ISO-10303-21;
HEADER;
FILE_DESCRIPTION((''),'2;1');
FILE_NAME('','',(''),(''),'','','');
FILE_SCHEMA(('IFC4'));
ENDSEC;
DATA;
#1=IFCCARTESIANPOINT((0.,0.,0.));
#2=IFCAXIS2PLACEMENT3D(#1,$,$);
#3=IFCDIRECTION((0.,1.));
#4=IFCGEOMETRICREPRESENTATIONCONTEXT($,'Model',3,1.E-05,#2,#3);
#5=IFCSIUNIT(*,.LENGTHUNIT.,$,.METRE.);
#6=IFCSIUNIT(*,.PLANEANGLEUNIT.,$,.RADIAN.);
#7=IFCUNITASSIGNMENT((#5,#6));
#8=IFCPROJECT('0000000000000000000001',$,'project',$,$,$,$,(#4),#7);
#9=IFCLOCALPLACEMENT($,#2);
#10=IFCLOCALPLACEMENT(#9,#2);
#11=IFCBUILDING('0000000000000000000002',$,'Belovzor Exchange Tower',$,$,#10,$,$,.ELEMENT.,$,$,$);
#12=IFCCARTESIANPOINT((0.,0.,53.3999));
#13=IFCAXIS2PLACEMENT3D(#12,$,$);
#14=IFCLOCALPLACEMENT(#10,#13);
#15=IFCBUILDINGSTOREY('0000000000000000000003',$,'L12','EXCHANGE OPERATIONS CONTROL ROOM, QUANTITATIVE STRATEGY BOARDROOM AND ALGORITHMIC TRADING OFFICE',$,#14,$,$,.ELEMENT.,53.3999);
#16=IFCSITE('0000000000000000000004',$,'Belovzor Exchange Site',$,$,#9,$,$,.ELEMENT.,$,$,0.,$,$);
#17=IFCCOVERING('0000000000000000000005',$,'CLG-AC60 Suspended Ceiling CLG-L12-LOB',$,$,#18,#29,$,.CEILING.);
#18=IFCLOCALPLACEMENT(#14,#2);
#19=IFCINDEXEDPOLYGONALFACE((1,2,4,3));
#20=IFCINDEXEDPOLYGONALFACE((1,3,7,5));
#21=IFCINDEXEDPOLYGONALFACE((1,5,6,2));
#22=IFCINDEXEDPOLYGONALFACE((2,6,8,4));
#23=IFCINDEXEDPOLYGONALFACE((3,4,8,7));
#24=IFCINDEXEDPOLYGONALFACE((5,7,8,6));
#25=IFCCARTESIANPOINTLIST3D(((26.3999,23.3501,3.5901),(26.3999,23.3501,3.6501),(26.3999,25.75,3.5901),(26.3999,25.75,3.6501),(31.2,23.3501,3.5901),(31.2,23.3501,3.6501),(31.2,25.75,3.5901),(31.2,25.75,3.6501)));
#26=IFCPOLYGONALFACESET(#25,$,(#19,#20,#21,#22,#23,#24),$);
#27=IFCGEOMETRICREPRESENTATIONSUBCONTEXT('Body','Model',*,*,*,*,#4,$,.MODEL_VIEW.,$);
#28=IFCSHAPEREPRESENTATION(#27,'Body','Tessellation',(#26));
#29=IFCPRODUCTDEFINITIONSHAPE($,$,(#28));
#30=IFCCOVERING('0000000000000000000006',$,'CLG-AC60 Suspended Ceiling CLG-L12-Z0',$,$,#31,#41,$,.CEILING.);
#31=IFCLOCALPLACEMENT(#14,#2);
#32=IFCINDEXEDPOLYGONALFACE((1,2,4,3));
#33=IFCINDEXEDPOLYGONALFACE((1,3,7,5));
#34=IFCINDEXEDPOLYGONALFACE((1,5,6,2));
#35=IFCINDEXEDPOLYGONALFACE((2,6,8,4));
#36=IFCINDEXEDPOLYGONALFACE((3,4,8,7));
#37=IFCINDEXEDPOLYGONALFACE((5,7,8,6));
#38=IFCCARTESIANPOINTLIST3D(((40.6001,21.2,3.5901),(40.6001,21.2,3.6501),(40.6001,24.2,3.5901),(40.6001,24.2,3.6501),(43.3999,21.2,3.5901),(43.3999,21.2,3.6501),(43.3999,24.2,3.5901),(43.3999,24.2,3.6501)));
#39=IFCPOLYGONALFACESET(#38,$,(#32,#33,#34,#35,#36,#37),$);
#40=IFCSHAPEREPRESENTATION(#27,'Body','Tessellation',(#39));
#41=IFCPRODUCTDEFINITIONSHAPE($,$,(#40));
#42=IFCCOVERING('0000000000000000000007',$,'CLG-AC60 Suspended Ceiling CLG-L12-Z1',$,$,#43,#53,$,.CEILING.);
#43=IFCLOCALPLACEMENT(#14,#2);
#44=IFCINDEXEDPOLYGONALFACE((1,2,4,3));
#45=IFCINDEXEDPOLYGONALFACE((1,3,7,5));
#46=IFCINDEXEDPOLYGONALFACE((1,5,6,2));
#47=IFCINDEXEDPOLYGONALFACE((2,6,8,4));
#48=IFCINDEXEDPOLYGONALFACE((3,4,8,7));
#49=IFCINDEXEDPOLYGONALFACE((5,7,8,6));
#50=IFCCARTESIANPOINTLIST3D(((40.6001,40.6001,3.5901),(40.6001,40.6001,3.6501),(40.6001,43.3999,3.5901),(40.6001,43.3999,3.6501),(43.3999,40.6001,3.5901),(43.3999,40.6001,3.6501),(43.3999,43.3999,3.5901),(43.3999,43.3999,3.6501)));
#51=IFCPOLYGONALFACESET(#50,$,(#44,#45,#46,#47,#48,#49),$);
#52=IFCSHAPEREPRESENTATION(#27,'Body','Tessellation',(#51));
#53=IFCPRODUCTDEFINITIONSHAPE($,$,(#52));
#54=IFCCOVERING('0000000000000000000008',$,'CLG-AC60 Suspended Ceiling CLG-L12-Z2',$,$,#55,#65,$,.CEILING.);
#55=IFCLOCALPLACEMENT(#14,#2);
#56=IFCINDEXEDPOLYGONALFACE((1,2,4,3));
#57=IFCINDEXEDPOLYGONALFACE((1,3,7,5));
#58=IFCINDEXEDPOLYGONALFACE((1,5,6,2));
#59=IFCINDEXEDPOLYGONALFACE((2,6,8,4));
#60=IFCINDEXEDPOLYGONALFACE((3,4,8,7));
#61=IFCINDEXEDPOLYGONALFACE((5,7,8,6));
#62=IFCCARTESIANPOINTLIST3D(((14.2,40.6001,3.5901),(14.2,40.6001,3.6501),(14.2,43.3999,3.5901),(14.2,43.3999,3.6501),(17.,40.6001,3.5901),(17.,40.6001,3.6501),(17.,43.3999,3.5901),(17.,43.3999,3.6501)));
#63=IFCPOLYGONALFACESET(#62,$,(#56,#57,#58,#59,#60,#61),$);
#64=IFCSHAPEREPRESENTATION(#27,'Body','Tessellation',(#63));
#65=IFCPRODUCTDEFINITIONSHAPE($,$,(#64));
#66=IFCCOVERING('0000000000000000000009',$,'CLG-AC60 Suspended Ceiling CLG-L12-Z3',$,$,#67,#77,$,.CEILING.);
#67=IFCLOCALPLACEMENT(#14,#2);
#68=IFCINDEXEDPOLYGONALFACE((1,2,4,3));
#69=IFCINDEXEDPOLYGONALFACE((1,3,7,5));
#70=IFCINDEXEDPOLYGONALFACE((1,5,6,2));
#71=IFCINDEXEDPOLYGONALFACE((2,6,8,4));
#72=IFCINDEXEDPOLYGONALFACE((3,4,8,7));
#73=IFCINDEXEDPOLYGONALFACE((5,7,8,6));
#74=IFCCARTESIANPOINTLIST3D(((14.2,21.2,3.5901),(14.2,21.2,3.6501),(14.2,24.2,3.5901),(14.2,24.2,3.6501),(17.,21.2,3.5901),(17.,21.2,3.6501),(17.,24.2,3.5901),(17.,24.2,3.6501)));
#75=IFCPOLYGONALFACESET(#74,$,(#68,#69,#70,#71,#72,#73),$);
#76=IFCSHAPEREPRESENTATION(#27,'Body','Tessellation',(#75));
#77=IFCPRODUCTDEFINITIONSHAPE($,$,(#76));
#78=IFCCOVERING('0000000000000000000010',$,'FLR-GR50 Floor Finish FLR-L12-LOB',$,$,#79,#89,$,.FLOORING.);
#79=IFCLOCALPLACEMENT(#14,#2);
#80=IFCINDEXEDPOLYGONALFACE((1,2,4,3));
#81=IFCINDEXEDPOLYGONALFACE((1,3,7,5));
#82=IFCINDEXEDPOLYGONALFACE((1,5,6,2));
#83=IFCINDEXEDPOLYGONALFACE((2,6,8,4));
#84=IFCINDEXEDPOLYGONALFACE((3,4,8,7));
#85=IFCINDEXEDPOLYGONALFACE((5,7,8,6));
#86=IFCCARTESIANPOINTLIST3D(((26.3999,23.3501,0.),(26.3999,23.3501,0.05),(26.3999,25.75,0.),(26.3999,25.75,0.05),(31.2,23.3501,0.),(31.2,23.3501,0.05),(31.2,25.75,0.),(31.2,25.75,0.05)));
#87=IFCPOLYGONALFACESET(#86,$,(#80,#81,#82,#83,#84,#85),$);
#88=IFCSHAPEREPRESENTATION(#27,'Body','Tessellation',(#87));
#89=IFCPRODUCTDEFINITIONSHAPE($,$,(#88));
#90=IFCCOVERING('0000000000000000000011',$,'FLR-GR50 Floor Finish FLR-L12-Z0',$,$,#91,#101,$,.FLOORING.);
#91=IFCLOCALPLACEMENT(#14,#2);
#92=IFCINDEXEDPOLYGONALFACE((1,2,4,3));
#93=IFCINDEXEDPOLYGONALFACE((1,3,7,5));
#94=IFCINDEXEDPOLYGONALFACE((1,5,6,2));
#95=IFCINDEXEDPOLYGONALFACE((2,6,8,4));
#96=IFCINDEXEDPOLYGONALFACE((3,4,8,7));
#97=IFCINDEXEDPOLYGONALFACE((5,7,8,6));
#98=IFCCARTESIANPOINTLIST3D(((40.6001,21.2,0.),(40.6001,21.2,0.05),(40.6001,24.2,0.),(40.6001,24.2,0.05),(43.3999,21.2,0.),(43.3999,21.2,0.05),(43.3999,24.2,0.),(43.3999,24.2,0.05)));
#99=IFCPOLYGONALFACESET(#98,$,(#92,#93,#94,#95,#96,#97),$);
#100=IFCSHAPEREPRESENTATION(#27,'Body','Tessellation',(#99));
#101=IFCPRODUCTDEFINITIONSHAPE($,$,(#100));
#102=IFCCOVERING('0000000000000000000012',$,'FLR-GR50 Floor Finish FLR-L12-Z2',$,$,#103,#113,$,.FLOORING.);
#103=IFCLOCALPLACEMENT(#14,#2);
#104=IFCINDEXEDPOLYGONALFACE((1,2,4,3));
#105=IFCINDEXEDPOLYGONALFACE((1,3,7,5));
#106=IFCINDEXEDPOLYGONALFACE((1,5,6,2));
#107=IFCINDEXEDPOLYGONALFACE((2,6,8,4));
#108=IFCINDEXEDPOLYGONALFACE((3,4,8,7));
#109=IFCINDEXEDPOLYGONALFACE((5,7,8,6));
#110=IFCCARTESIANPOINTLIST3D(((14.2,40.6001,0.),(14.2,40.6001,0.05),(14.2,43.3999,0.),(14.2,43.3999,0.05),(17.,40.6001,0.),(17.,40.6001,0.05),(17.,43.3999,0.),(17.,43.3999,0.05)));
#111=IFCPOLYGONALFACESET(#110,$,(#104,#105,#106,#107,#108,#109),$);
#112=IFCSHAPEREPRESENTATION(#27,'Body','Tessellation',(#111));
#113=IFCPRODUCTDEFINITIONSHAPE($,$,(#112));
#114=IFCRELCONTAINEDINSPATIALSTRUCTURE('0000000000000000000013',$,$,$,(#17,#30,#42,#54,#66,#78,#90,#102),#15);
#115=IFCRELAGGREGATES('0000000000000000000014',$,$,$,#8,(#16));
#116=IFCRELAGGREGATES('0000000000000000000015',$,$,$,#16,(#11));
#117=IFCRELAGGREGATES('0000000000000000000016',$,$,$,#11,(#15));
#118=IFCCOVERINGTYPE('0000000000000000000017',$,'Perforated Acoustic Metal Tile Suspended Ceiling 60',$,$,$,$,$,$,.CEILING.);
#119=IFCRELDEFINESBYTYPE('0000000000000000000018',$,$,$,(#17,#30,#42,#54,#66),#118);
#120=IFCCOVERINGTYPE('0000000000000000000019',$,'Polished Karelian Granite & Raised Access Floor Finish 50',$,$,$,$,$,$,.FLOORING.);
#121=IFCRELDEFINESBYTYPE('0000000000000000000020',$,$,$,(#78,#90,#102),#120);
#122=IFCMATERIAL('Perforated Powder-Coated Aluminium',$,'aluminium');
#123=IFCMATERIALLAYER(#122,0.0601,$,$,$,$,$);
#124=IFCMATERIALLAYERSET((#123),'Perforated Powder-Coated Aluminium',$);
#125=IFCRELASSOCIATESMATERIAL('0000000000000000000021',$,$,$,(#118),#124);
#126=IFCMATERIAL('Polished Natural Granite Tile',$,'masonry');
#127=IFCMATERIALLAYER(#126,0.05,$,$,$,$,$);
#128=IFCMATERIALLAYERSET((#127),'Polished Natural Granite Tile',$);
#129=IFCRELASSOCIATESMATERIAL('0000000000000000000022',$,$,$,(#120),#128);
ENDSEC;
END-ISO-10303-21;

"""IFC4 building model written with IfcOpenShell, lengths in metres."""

from ifc_helpers import new_model, si_unit, direction, frame, origin, place, context, subcontext, project, spatial, polyline, outline, extrude, material, layer, layer_set, type_object, element, save


model = new_model("IFC4")

# Units and contexts
model_context = context("Model", 3, precision=1e-05, world=origin(), true_north=direction((0.0, 1.0)))
body_context = subcontext(model_context, "Body", "Model", "MODEL_VIEW")
ifc_project = project(units=[si_unit("LENGTHUNIT", "METRE"), si_unit("PLANEANGLEUNIT", "RADIAN")], contexts=[model_context])

# Site, building, storey
site_placement = place(None, origin())
site = spatial("IfcSite", under=ifc_project, at=site_placement, Name="Belovzor Exchange Site", CompositionType="ELEMENT", RefElevation=0.0)
building_placement = place(site_placement, origin())
building = spatial("IfcBuilding", under=site, at=building_placement, Name="Belovzor Exchange Tower", CompositionType="ELEMENT")
storey_placement = place(building_placement, frame((0.0, 0.0, 53.3999)))
storey = spatial("IfcBuildingStorey", under=building, at=storey_placement, Name="L12", Description="EXCHANGE OPERATIONS CONTROL ROOM, QUANTITATIVE STRATEGY BOARDROOM AND ALGORITHMIC TRADING OFFICE", CompositionType="ELEMENT", Elevation=53.3999)

# Coverings
ifc_material_1 = material(Name="Perforated Powder-Coated Aluminium", Category="aluminium")
ifc_layer_1 = layer(ifc_material_1, 0.0601)
ifc_layer_set_1 = layer_set([ifc_layer_1], Name="Perforated Powder-Coated Aluminium")
covering_type_1 = type_object("IfcCoveringType", Name="Perforated Acoustic Metal Tile Suspended Ceiling 60", PredefinedType="CEILING", material=ifc_layer_set_1)
covering_1_placement = place(storey_placement, frame((0.0, 0.0, 3.5901)))
element("IfcCovering", 1, at=covering_1_placement, inside=storey, type_object=covering_type_1, Name="CLG-AC60 Suspended Ceiling CLG-L12-LOB", PredefinedType="CEILING", context=body_context, shape_type="SweptSolid", body=[
    extrude(outline(polyline([(26.3999, 23.3501), (31.2, 23.3501), (31.2, 25.75), (26.3999, 25.75), (26.3999, 23.3501)])), origin(), (0.0, 0.0, 1.0), 0.0601),
])
covering_2_placement = place(storey_placement, frame((0.0, 0.0, 3.5901)))
element("IfcCovering", 2, at=covering_2_placement, inside=storey, type_object=covering_type_1, Name="CLG-AC60 Suspended Ceiling CLG-L12-Z0", PredefinedType="CEILING", context=body_context, shape_type="SweptSolid", body=[
    extrude(outline(polyline([(40.6001, 21.2), (43.3999, 21.2), (43.3999, 24.2), (40.6001, 24.2), (40.6001, 21.2)])), origin(), (0.0, 0.0, 1.0), 0.0601),
])
covering_3_placement = place(storey_placement, frame((0.0, 0.0, 3.5901)))
element("IfcCovering", 3, at=covering_3_placement, inside=storey, type_object=covering_type_1, Name="CLG-AC60 Suspended Ceiling CLG-L12-Z1", PredefinedType="CEILING", context=body_context, shape_type="SweptSolid", body=[
    extrude(outline(polyline([(40.6001, 40.6001), (43.3999, 40.6001), (43.3999, 43.3999), (40.6001, 43.3999), (40.6001, 40.6001)])), origin(), (0.0, 0.0, 1.0), 0.0601),
])
covering_4_placement = place(storey_placement, frame((0.0, 0.0, 3.5901)))
element("IfcCovering", 4, at=covering_4_placement, inside=storey, type_object=covering_type_1, Name="CLG-AC60 Suspended Ceiling CLG-L12-Z2", PredefinedType="CEILING", context=body_context, shape_type="SweptSolid", body=[
    extrude(outline(polyline([(14.2, 40.6001), (17.0, 40.6001), (17.0, 43.3999), (14.2, 43.3999), (14.2, 40.6001)])), origin(), (0.0, 0.0, 1.0), 0.0601),
])
covering_5_placement = place(storey_placement, frame((0.0, 0.0, 3.5901)))
element("IfcCovering", 5, at=covering_5_placement, inside=storey, type_object=covering_type_1, Name="CLG-AC60 Suspended Ceiling CLG-L12-Z3", PredefinedType="CEILING", context=body_context, shape_type="SweptSolid", body=[
    extrude(outline(polyline([(14.2, 21.2), (17.0, 21.2), (17.0, 24.2), (14.2, 24.2), (14.2, 21.2)])), origin(), (0.0, 0.0, 1.0), 0.0601),
])
ifc_material_2 = material(Name="Polished Natural Granite Tile", Category="masonry")
ifc_layer_2 = layer(ifc_material_2, 0.05)
ifc_layer_set_2 = layer_set([ifc_layer_2], Name="Polished Natural Granite Tile")
covering_type_2 = type_object("IfcCoveringType", Name="Polished Karelian Granite & Raised Access Floor Finish 50", PredefinedType="FLOORING", material=ifc_layer_set_2)
covering_6_placement = place(storey_placement, origin())
element("IfcCovering", 6, at=covering_6_placement, inside=storey, type_object=covering_type_2, Name="FLR-GR50 Floor Finish FLR-L12-LOB", PredefinedType="FLOORING", context=body_context, shape_type="SweptSolid", body=[
    extrude(outline(polyline([(26.3999, 23.3501), (31.2, 23.3501), (31.2, 25.75), (26.3999, 25.75), (26.3999, 23.3501)])), origin(), (0.0, 0.0, 1.0), 0.05),
])
covering_7_placement = place(storey_placement, origin())
element("IfcCovering", 7, at=covering_7_placement, inside=storey, type_object=covering_type_2, Name="FLR-GR50 Floor Finish FLR-L12-Z0", PredefinedType="FLOORING", context=body_context, shape_type="SweptSolid", body=[
    extrude(outline(polyline([(40.6001, 21.2), (43.3999, 21.2), (43.3999, 24.2), (40.6001, 24.2), (40.6001, 21.2)])), origin(), (0.0, 0.0, 1.0), 0.05),
])
covering_8_placement = place(storey_placement, origin())
element("IfcCovering", 8, at=covering_8_placement, inside=storey, type_object=covering_type_2, Name="FLR-GR50 Floor Finish FLR-L12-Z2", PredefinedType="FLOORING", context=body_context, shape_type="SweptSolid", body=[
    extrude(outline(polyline([(14.2, 40.6001), (17.0, 40.6001), (17.0, 43.3999), (14.2, 43.3999), (14.2, 40.6001)])), origin(), (0.0, 0.0, 1.0), 0.05),
])

save(model, "model.ifc")
